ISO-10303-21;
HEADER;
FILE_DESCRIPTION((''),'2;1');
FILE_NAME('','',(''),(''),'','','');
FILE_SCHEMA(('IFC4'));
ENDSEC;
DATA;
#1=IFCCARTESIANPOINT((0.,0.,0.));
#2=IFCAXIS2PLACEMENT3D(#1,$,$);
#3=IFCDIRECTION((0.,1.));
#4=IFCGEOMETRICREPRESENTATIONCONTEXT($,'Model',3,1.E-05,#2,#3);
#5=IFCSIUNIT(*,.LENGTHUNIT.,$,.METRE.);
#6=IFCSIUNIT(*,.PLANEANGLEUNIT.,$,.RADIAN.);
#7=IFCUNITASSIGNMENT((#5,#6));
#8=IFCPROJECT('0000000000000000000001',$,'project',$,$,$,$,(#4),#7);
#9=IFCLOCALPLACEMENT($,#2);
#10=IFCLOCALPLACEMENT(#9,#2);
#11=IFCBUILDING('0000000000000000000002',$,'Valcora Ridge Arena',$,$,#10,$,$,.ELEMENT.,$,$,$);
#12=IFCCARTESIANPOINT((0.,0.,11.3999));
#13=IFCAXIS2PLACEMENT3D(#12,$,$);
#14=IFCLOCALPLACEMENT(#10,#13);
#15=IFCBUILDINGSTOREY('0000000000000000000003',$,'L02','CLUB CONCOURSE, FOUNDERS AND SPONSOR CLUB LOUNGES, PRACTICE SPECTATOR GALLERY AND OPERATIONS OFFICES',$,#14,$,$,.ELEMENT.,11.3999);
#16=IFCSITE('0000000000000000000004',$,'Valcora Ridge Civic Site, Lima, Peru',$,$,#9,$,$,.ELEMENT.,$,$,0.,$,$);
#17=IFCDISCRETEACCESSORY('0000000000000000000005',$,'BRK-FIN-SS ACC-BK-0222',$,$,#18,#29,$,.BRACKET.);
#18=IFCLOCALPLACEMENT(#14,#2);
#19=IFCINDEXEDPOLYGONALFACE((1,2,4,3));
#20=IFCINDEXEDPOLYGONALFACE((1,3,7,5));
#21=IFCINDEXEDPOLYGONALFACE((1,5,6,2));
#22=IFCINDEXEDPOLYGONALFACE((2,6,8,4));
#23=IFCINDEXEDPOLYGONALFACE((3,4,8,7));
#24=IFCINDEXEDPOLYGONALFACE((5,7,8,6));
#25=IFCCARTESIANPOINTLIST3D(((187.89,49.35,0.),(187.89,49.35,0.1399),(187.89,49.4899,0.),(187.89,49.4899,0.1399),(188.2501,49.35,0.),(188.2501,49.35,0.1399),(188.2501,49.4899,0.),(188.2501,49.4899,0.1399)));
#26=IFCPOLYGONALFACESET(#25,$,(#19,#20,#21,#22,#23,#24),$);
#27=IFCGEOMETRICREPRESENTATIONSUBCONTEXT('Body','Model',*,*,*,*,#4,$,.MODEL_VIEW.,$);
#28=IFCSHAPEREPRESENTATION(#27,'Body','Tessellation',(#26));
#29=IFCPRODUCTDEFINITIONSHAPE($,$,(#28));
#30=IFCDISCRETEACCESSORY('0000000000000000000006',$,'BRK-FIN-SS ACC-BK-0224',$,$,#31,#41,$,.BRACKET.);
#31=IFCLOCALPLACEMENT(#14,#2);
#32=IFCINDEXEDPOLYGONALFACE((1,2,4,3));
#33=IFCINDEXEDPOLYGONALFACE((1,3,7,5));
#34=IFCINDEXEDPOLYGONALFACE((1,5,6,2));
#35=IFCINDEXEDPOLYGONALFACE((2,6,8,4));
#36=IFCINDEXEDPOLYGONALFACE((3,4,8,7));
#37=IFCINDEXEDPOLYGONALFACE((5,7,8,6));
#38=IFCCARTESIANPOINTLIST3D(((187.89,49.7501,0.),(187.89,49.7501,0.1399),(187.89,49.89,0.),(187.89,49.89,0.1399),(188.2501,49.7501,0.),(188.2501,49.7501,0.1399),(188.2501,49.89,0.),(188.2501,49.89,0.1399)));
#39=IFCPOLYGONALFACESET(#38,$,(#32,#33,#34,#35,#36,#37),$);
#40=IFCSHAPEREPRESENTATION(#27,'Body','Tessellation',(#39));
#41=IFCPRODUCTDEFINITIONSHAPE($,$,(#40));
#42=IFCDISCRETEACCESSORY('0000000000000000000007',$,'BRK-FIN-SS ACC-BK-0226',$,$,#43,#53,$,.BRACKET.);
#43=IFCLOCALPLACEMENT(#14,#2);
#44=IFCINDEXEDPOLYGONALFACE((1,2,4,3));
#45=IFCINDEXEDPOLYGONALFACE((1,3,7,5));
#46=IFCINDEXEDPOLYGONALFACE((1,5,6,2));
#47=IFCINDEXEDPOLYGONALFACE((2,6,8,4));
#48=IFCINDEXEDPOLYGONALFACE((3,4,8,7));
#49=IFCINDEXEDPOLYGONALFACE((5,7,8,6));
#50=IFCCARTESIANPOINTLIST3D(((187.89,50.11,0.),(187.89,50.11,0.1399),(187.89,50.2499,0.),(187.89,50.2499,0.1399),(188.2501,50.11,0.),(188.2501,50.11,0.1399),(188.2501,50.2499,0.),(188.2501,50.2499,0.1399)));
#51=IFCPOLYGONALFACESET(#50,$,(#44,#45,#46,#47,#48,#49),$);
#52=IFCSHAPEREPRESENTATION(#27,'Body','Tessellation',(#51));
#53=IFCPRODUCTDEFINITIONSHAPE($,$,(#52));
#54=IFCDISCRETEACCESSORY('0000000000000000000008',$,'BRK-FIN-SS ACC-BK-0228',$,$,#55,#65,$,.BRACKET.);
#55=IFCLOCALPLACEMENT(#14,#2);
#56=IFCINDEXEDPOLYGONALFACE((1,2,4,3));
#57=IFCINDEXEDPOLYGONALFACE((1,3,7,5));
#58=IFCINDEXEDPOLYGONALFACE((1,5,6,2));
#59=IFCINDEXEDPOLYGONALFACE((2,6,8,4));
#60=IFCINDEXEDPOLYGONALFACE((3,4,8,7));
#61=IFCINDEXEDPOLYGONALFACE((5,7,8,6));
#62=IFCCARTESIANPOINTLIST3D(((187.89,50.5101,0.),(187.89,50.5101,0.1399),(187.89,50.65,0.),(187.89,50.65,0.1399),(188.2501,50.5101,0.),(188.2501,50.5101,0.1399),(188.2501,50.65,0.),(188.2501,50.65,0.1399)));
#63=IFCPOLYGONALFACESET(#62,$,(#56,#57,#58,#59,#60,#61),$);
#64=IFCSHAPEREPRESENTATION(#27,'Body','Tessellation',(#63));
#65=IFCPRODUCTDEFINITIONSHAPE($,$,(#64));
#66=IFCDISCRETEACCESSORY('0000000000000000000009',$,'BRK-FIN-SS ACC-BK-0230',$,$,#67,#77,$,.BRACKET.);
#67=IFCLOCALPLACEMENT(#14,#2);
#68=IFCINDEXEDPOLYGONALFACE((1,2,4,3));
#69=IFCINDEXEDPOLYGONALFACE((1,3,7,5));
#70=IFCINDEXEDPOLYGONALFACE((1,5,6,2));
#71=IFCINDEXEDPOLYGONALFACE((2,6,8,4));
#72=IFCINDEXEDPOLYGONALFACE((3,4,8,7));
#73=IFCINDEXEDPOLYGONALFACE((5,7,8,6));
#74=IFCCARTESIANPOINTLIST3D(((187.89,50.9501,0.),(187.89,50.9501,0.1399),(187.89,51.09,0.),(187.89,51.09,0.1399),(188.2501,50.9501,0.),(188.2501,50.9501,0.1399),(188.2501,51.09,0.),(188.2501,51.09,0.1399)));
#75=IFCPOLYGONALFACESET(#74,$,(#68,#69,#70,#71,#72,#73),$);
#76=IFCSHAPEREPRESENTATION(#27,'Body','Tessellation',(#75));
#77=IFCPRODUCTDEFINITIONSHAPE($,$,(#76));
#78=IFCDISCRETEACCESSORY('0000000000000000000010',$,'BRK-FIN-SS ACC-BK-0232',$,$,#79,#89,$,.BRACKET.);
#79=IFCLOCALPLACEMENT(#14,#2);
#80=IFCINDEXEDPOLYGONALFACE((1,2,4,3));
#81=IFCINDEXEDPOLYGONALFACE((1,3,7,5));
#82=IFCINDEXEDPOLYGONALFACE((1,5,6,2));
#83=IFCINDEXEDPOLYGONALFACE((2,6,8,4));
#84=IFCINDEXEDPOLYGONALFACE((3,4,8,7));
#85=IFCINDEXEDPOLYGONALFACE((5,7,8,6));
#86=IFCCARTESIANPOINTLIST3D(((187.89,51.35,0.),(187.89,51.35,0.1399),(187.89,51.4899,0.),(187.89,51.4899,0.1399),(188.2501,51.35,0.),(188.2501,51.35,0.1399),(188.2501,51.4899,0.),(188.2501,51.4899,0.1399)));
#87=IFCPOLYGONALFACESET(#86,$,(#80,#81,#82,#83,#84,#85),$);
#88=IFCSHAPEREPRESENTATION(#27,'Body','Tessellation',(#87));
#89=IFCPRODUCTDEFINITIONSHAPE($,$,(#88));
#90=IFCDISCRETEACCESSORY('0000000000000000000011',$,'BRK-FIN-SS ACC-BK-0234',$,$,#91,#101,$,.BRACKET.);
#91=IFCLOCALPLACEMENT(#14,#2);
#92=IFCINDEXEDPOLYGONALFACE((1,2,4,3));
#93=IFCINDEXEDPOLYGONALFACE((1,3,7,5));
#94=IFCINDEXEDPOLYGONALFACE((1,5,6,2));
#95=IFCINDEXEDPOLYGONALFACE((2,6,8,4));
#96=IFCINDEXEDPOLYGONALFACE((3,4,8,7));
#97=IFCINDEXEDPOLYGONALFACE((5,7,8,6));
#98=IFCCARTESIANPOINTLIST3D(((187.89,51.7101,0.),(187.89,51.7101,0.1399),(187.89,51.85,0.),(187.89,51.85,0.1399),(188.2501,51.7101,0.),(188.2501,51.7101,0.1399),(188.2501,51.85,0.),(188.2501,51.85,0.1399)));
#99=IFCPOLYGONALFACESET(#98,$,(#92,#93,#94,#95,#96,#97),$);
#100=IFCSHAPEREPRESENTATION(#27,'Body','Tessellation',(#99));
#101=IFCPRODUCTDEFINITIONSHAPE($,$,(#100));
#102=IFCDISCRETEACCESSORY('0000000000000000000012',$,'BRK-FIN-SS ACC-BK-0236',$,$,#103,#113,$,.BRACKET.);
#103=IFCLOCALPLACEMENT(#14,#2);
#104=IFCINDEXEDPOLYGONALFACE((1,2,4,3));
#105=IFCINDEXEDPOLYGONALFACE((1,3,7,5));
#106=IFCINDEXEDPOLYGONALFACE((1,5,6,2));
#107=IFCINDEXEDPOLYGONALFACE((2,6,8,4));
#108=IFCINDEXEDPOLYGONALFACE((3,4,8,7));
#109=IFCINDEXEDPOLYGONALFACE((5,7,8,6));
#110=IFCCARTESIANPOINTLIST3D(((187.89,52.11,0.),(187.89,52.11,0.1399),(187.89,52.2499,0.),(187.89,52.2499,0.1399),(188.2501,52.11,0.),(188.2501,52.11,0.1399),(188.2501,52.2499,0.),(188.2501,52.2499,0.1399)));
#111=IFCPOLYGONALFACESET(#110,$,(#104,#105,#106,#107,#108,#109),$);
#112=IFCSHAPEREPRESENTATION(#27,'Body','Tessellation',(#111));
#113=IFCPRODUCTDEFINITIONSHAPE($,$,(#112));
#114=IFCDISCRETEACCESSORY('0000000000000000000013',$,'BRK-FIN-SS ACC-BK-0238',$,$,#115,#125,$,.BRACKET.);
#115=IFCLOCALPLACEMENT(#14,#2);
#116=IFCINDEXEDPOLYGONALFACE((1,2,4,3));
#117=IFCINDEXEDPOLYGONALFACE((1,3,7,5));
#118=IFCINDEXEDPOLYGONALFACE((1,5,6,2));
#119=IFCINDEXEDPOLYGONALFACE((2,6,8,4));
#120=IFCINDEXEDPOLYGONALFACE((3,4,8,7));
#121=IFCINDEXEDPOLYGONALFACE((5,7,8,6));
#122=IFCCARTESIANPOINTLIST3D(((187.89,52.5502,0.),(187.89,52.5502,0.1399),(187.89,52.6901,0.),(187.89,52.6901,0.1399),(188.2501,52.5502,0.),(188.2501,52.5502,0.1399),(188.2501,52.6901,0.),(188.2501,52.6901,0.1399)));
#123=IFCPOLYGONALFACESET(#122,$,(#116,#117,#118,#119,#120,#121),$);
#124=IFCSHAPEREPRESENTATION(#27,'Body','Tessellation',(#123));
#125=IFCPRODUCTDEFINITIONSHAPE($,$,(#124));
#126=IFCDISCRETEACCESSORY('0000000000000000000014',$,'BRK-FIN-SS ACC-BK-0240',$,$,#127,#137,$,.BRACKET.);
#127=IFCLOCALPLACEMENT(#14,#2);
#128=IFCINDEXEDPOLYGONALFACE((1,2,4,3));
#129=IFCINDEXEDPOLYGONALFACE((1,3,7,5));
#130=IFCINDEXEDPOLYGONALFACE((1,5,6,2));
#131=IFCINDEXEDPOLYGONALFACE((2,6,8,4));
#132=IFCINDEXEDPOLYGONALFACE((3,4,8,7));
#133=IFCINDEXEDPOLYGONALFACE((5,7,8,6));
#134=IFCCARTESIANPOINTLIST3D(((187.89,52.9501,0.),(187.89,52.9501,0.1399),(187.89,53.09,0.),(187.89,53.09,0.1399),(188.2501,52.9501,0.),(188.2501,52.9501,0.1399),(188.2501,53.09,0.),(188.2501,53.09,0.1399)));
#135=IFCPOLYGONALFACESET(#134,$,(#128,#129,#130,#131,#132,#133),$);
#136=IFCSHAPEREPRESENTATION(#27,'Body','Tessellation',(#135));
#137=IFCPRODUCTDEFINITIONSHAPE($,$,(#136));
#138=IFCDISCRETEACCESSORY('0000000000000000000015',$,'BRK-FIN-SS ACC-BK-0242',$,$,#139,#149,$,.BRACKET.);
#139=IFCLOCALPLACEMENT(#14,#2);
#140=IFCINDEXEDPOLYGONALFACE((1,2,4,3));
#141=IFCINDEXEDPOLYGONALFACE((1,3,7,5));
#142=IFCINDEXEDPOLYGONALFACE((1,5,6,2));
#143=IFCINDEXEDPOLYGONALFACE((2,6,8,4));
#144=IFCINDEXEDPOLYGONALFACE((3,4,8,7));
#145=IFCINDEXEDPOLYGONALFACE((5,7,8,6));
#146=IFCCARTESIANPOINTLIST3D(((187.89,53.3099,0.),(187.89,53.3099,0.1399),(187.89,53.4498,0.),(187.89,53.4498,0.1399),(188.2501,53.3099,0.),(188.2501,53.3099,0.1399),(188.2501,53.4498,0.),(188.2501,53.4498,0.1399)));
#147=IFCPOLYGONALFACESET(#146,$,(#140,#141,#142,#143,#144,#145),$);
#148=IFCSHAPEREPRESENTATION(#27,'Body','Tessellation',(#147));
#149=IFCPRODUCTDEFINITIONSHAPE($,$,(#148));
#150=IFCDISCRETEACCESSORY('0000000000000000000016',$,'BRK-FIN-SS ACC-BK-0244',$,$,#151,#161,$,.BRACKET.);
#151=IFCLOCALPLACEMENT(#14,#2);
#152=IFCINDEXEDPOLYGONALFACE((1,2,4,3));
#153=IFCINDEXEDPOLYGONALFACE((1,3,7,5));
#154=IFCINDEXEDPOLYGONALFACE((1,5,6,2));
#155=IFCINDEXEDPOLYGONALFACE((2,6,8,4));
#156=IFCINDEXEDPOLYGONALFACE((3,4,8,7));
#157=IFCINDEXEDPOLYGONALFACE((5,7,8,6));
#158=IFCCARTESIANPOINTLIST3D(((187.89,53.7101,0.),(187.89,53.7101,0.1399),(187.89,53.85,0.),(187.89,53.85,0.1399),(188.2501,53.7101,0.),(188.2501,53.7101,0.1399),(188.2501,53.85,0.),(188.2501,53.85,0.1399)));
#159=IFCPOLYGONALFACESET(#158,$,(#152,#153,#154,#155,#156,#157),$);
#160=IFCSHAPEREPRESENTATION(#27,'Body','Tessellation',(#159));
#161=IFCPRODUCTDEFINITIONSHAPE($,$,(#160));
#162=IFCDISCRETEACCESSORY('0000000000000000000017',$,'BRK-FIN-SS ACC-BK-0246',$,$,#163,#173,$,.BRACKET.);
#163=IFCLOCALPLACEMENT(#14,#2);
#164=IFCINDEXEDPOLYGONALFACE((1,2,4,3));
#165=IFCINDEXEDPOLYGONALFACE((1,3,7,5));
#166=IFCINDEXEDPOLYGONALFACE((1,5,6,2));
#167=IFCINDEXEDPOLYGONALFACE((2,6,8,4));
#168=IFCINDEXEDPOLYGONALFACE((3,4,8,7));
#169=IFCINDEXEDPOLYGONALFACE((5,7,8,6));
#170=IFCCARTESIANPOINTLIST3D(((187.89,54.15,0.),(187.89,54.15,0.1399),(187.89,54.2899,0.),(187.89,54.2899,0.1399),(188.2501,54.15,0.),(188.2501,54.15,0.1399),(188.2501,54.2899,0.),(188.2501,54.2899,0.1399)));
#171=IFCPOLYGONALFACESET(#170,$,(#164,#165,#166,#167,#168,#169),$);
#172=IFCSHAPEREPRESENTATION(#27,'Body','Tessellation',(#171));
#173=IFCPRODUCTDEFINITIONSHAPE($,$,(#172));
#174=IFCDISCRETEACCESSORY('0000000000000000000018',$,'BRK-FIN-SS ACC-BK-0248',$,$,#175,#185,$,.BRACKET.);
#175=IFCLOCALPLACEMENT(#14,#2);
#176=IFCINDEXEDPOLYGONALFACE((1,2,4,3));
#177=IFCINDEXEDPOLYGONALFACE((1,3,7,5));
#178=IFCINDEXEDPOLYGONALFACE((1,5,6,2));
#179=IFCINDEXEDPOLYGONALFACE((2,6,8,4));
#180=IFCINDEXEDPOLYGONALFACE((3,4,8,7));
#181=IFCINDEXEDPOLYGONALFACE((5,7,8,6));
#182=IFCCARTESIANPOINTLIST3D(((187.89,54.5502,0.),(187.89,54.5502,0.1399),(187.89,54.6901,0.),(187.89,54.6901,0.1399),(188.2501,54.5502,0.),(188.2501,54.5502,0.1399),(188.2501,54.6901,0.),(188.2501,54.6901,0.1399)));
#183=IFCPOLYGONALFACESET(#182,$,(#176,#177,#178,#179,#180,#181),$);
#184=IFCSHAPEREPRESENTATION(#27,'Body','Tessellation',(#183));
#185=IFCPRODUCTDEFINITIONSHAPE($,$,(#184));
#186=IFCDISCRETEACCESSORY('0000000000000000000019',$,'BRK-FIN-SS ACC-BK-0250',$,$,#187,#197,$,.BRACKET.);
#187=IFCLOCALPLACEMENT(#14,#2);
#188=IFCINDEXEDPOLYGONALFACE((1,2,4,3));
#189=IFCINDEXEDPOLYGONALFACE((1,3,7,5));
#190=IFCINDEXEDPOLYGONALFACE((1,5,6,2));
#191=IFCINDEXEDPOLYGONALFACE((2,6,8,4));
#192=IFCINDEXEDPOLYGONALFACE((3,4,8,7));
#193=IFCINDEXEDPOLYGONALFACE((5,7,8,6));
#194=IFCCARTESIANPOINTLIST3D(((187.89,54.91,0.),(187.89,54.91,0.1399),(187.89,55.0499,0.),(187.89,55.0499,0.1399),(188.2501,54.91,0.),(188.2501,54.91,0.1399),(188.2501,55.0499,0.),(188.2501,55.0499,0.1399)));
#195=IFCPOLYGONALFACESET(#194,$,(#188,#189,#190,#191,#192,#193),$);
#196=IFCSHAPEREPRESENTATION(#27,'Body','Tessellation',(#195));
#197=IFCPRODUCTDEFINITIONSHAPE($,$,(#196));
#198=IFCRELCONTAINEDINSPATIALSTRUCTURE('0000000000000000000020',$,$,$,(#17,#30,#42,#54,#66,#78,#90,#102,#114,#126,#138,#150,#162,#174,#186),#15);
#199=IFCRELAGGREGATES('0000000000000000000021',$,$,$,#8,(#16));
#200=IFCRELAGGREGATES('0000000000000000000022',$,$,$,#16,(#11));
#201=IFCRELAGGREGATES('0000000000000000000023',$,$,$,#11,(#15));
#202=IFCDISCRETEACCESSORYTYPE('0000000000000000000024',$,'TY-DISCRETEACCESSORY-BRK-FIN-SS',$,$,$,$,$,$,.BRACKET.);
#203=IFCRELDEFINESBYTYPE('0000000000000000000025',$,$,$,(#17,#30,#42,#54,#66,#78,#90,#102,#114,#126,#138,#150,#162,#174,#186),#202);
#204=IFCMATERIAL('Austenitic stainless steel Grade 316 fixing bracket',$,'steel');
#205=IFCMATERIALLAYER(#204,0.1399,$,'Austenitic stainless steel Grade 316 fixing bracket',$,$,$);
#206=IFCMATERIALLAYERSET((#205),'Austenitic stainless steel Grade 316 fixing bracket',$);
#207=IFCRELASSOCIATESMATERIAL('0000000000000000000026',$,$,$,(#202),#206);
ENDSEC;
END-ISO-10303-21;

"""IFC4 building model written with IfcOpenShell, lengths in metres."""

from ifc_helpers import new_model, si_unit, direction, frame, origin, origin_2d, place, context, subcontext, project, spatial, rectangle, extrude, material, layer, layer_set, type_object, element, save


model = new_model("IFC4")

# Units and contexts
model_context = context("Model", 3, precision=1e-05, world=origin(), true_north=direction((0.0, 1.0)))
body_context = subcontext(model_context, "Body", "Model", "MODEL_VIEW")
ifc_project = project(units=[si_unit("LENGTHUNIT", "METRE"), si_unit("PLANEANGLEUNIT", "RADIAN")], contexts=[model_context])

# Site, building, storey
site_placement = place(None, origin())
site = spatial("IfcSite", under=ifc_project, at=site_placement, Name="Valcora Ridge Civic Site, Lima, Peru", CompositionType="ELEMENT", RefElevation=0.0)
building_placement = place(site_placement, origin())
building = spatial("IfcBuilding", under=site, at=building_placement, Name="Valcora Ridge Arena", CompositionType="ELEMENT")
storey_placement = place(building_placement, frame((0.0, 0.0, 11.3999)))
storey = spatial("IfcBuildingStorey", under=building, at=storey_placement, Name="L02", Description="CLUB CONCOURSE, FOUNDERS AND SPONSOR CLUB LOUNGES, PRACTICE SPECTATOR GALLERY AND OPERATIONS OFFICES", CompositionType="ELEMENT", Elevation=11.3999)

# Discrete accessories
ifc_material_1 = material(Name="Austenitic stainless steel Grade 316 fixing bracket", Category="steel")
ifc_layer_1 = layer(ifc_material_1, 0.1399, Name="Austenitic stainless steel Grade 316 fixing bracket")
ifc_layer_set_1 = layer_set([ifc_layer_1], Name="Austenitic stainless steel Grade 316 fixing bracket")
discrete_accessory_type = type_object("IfcDiscreteAccessoryType", Name="TY-DISCRETEACCESSORY-BRK-FIN-SS", PredefinedType="BRACKET", material=ifc_layer_set_1)
for number, where, z_axis, x_axis, name in (
    (1, (188.0701, 49.4199, 0.0), (0.0, 0.0, 1.0), (1.0, 0.0, 0.0), "BRK-FIN-SS ACC-BK-0222"),
    (2, (188.0701, 49.8201, 0.0), (0.0, 0.0, 1.0), (1.0, 0.0, 0.0), "BRK-FIN-SS ACC-BK-0224"),
    (3, (188.0701, 50.1799, 0.0), (0.0, 0.0, 1.0), (1.0, 0.0, 0.0), "BRK-FIN-SS ACC-BK-0226"),
    (4, (188.0701, 50.5801, 0.0), (0.0, 0.0, 1.0), (1.0, 0.0, 0.0), "BRK-FIN-SS ACC-BK-0228"),
    (5, (188.0701, 51.02, 0.0), (0.0, 0.0, 1.0), (1.0, 0.0, 0.0), "BRK-FIN-SS ACC-BK-0230"),
    (6, (188.0701, 51.4199, 0.0), (0.0, 0.0, 1.0), (1.0, 0.0, 0.0), "BRK-FIN-SS ACC-BK-0232"),
    (7, (188.0701, 51.78, 0.0), (0.0, 0.0, 1.0), (1.0, 0.0, 0.0), "BRK-FIN-SS ACC-BK-0234"),
    (8, (188.0701, 52.1799, 0.0), (0.0, 0.0, 1.0), (1.0, 0.0, 0.0), "BRK-FIN-SS ACC-BK-0236"),
    (9, (188.0701, 52.6201, 0.0), (0.0, 0.0, 1.0), (1.0, 0.0, 0.0), "BRK-FIN-SS ACC-BK-0238"),
    (10, (188.0701, 53.02, 0.0), (0.0, 0.0, 1.0), (1.0, 0.0, 0.0), "BRK-FIN-SS ACC-BK-0240"),
    (11, (188.0701, 53.3799, 0.0), (0.0, 0.0, 1.0), (1.0, 0.0, 0.0), "BRK-FIN-SS ACC-BK-0242"),
    (12, (188.0701, 53.78, 0.0), (0.0, 0.0, 1.0), (1.0, 0.0, 0.0), "BRK-FIN-SS ACC-BK-0244"),
    (13, (188.0701, 54.22, 0.0), (0.0, 0.0, 1.0), (1.0, 0.0, 0.0), "BRK-FIN-SS ACC-BK-0246"),
    (14, (188.0701, 54.6201, 0.0), (0.0, 0.0, 1.0), (1.0, 0.0, 0.0), "BRK-FIN-SS ACC-BK-0248"),
    (15, (188.0701, 54.98, 0.0), (0.0, 0.0, 1.0), (1.0, 0.0, 0.0), "BRK-FIN-SS ACC-BK-0250"),
):
    element("IfcDiscreteAccessory", number, at=place(storey_placement, frame(where, z_axis=z_axis, x_axis=x_axis)), inside=storey, type_object=discrete_accessory_type, Name=name, PredefinedType="BRACKET", context=body_context, shape_type="SweptSolid", body=[
        extrude(rectangle(XDim=0.3601, YDim=0.1399, at=origin_2d()), origin(), (0.0, 0.0, 1.0), 0.1399),
    ])

save(model, "model.ifc")
